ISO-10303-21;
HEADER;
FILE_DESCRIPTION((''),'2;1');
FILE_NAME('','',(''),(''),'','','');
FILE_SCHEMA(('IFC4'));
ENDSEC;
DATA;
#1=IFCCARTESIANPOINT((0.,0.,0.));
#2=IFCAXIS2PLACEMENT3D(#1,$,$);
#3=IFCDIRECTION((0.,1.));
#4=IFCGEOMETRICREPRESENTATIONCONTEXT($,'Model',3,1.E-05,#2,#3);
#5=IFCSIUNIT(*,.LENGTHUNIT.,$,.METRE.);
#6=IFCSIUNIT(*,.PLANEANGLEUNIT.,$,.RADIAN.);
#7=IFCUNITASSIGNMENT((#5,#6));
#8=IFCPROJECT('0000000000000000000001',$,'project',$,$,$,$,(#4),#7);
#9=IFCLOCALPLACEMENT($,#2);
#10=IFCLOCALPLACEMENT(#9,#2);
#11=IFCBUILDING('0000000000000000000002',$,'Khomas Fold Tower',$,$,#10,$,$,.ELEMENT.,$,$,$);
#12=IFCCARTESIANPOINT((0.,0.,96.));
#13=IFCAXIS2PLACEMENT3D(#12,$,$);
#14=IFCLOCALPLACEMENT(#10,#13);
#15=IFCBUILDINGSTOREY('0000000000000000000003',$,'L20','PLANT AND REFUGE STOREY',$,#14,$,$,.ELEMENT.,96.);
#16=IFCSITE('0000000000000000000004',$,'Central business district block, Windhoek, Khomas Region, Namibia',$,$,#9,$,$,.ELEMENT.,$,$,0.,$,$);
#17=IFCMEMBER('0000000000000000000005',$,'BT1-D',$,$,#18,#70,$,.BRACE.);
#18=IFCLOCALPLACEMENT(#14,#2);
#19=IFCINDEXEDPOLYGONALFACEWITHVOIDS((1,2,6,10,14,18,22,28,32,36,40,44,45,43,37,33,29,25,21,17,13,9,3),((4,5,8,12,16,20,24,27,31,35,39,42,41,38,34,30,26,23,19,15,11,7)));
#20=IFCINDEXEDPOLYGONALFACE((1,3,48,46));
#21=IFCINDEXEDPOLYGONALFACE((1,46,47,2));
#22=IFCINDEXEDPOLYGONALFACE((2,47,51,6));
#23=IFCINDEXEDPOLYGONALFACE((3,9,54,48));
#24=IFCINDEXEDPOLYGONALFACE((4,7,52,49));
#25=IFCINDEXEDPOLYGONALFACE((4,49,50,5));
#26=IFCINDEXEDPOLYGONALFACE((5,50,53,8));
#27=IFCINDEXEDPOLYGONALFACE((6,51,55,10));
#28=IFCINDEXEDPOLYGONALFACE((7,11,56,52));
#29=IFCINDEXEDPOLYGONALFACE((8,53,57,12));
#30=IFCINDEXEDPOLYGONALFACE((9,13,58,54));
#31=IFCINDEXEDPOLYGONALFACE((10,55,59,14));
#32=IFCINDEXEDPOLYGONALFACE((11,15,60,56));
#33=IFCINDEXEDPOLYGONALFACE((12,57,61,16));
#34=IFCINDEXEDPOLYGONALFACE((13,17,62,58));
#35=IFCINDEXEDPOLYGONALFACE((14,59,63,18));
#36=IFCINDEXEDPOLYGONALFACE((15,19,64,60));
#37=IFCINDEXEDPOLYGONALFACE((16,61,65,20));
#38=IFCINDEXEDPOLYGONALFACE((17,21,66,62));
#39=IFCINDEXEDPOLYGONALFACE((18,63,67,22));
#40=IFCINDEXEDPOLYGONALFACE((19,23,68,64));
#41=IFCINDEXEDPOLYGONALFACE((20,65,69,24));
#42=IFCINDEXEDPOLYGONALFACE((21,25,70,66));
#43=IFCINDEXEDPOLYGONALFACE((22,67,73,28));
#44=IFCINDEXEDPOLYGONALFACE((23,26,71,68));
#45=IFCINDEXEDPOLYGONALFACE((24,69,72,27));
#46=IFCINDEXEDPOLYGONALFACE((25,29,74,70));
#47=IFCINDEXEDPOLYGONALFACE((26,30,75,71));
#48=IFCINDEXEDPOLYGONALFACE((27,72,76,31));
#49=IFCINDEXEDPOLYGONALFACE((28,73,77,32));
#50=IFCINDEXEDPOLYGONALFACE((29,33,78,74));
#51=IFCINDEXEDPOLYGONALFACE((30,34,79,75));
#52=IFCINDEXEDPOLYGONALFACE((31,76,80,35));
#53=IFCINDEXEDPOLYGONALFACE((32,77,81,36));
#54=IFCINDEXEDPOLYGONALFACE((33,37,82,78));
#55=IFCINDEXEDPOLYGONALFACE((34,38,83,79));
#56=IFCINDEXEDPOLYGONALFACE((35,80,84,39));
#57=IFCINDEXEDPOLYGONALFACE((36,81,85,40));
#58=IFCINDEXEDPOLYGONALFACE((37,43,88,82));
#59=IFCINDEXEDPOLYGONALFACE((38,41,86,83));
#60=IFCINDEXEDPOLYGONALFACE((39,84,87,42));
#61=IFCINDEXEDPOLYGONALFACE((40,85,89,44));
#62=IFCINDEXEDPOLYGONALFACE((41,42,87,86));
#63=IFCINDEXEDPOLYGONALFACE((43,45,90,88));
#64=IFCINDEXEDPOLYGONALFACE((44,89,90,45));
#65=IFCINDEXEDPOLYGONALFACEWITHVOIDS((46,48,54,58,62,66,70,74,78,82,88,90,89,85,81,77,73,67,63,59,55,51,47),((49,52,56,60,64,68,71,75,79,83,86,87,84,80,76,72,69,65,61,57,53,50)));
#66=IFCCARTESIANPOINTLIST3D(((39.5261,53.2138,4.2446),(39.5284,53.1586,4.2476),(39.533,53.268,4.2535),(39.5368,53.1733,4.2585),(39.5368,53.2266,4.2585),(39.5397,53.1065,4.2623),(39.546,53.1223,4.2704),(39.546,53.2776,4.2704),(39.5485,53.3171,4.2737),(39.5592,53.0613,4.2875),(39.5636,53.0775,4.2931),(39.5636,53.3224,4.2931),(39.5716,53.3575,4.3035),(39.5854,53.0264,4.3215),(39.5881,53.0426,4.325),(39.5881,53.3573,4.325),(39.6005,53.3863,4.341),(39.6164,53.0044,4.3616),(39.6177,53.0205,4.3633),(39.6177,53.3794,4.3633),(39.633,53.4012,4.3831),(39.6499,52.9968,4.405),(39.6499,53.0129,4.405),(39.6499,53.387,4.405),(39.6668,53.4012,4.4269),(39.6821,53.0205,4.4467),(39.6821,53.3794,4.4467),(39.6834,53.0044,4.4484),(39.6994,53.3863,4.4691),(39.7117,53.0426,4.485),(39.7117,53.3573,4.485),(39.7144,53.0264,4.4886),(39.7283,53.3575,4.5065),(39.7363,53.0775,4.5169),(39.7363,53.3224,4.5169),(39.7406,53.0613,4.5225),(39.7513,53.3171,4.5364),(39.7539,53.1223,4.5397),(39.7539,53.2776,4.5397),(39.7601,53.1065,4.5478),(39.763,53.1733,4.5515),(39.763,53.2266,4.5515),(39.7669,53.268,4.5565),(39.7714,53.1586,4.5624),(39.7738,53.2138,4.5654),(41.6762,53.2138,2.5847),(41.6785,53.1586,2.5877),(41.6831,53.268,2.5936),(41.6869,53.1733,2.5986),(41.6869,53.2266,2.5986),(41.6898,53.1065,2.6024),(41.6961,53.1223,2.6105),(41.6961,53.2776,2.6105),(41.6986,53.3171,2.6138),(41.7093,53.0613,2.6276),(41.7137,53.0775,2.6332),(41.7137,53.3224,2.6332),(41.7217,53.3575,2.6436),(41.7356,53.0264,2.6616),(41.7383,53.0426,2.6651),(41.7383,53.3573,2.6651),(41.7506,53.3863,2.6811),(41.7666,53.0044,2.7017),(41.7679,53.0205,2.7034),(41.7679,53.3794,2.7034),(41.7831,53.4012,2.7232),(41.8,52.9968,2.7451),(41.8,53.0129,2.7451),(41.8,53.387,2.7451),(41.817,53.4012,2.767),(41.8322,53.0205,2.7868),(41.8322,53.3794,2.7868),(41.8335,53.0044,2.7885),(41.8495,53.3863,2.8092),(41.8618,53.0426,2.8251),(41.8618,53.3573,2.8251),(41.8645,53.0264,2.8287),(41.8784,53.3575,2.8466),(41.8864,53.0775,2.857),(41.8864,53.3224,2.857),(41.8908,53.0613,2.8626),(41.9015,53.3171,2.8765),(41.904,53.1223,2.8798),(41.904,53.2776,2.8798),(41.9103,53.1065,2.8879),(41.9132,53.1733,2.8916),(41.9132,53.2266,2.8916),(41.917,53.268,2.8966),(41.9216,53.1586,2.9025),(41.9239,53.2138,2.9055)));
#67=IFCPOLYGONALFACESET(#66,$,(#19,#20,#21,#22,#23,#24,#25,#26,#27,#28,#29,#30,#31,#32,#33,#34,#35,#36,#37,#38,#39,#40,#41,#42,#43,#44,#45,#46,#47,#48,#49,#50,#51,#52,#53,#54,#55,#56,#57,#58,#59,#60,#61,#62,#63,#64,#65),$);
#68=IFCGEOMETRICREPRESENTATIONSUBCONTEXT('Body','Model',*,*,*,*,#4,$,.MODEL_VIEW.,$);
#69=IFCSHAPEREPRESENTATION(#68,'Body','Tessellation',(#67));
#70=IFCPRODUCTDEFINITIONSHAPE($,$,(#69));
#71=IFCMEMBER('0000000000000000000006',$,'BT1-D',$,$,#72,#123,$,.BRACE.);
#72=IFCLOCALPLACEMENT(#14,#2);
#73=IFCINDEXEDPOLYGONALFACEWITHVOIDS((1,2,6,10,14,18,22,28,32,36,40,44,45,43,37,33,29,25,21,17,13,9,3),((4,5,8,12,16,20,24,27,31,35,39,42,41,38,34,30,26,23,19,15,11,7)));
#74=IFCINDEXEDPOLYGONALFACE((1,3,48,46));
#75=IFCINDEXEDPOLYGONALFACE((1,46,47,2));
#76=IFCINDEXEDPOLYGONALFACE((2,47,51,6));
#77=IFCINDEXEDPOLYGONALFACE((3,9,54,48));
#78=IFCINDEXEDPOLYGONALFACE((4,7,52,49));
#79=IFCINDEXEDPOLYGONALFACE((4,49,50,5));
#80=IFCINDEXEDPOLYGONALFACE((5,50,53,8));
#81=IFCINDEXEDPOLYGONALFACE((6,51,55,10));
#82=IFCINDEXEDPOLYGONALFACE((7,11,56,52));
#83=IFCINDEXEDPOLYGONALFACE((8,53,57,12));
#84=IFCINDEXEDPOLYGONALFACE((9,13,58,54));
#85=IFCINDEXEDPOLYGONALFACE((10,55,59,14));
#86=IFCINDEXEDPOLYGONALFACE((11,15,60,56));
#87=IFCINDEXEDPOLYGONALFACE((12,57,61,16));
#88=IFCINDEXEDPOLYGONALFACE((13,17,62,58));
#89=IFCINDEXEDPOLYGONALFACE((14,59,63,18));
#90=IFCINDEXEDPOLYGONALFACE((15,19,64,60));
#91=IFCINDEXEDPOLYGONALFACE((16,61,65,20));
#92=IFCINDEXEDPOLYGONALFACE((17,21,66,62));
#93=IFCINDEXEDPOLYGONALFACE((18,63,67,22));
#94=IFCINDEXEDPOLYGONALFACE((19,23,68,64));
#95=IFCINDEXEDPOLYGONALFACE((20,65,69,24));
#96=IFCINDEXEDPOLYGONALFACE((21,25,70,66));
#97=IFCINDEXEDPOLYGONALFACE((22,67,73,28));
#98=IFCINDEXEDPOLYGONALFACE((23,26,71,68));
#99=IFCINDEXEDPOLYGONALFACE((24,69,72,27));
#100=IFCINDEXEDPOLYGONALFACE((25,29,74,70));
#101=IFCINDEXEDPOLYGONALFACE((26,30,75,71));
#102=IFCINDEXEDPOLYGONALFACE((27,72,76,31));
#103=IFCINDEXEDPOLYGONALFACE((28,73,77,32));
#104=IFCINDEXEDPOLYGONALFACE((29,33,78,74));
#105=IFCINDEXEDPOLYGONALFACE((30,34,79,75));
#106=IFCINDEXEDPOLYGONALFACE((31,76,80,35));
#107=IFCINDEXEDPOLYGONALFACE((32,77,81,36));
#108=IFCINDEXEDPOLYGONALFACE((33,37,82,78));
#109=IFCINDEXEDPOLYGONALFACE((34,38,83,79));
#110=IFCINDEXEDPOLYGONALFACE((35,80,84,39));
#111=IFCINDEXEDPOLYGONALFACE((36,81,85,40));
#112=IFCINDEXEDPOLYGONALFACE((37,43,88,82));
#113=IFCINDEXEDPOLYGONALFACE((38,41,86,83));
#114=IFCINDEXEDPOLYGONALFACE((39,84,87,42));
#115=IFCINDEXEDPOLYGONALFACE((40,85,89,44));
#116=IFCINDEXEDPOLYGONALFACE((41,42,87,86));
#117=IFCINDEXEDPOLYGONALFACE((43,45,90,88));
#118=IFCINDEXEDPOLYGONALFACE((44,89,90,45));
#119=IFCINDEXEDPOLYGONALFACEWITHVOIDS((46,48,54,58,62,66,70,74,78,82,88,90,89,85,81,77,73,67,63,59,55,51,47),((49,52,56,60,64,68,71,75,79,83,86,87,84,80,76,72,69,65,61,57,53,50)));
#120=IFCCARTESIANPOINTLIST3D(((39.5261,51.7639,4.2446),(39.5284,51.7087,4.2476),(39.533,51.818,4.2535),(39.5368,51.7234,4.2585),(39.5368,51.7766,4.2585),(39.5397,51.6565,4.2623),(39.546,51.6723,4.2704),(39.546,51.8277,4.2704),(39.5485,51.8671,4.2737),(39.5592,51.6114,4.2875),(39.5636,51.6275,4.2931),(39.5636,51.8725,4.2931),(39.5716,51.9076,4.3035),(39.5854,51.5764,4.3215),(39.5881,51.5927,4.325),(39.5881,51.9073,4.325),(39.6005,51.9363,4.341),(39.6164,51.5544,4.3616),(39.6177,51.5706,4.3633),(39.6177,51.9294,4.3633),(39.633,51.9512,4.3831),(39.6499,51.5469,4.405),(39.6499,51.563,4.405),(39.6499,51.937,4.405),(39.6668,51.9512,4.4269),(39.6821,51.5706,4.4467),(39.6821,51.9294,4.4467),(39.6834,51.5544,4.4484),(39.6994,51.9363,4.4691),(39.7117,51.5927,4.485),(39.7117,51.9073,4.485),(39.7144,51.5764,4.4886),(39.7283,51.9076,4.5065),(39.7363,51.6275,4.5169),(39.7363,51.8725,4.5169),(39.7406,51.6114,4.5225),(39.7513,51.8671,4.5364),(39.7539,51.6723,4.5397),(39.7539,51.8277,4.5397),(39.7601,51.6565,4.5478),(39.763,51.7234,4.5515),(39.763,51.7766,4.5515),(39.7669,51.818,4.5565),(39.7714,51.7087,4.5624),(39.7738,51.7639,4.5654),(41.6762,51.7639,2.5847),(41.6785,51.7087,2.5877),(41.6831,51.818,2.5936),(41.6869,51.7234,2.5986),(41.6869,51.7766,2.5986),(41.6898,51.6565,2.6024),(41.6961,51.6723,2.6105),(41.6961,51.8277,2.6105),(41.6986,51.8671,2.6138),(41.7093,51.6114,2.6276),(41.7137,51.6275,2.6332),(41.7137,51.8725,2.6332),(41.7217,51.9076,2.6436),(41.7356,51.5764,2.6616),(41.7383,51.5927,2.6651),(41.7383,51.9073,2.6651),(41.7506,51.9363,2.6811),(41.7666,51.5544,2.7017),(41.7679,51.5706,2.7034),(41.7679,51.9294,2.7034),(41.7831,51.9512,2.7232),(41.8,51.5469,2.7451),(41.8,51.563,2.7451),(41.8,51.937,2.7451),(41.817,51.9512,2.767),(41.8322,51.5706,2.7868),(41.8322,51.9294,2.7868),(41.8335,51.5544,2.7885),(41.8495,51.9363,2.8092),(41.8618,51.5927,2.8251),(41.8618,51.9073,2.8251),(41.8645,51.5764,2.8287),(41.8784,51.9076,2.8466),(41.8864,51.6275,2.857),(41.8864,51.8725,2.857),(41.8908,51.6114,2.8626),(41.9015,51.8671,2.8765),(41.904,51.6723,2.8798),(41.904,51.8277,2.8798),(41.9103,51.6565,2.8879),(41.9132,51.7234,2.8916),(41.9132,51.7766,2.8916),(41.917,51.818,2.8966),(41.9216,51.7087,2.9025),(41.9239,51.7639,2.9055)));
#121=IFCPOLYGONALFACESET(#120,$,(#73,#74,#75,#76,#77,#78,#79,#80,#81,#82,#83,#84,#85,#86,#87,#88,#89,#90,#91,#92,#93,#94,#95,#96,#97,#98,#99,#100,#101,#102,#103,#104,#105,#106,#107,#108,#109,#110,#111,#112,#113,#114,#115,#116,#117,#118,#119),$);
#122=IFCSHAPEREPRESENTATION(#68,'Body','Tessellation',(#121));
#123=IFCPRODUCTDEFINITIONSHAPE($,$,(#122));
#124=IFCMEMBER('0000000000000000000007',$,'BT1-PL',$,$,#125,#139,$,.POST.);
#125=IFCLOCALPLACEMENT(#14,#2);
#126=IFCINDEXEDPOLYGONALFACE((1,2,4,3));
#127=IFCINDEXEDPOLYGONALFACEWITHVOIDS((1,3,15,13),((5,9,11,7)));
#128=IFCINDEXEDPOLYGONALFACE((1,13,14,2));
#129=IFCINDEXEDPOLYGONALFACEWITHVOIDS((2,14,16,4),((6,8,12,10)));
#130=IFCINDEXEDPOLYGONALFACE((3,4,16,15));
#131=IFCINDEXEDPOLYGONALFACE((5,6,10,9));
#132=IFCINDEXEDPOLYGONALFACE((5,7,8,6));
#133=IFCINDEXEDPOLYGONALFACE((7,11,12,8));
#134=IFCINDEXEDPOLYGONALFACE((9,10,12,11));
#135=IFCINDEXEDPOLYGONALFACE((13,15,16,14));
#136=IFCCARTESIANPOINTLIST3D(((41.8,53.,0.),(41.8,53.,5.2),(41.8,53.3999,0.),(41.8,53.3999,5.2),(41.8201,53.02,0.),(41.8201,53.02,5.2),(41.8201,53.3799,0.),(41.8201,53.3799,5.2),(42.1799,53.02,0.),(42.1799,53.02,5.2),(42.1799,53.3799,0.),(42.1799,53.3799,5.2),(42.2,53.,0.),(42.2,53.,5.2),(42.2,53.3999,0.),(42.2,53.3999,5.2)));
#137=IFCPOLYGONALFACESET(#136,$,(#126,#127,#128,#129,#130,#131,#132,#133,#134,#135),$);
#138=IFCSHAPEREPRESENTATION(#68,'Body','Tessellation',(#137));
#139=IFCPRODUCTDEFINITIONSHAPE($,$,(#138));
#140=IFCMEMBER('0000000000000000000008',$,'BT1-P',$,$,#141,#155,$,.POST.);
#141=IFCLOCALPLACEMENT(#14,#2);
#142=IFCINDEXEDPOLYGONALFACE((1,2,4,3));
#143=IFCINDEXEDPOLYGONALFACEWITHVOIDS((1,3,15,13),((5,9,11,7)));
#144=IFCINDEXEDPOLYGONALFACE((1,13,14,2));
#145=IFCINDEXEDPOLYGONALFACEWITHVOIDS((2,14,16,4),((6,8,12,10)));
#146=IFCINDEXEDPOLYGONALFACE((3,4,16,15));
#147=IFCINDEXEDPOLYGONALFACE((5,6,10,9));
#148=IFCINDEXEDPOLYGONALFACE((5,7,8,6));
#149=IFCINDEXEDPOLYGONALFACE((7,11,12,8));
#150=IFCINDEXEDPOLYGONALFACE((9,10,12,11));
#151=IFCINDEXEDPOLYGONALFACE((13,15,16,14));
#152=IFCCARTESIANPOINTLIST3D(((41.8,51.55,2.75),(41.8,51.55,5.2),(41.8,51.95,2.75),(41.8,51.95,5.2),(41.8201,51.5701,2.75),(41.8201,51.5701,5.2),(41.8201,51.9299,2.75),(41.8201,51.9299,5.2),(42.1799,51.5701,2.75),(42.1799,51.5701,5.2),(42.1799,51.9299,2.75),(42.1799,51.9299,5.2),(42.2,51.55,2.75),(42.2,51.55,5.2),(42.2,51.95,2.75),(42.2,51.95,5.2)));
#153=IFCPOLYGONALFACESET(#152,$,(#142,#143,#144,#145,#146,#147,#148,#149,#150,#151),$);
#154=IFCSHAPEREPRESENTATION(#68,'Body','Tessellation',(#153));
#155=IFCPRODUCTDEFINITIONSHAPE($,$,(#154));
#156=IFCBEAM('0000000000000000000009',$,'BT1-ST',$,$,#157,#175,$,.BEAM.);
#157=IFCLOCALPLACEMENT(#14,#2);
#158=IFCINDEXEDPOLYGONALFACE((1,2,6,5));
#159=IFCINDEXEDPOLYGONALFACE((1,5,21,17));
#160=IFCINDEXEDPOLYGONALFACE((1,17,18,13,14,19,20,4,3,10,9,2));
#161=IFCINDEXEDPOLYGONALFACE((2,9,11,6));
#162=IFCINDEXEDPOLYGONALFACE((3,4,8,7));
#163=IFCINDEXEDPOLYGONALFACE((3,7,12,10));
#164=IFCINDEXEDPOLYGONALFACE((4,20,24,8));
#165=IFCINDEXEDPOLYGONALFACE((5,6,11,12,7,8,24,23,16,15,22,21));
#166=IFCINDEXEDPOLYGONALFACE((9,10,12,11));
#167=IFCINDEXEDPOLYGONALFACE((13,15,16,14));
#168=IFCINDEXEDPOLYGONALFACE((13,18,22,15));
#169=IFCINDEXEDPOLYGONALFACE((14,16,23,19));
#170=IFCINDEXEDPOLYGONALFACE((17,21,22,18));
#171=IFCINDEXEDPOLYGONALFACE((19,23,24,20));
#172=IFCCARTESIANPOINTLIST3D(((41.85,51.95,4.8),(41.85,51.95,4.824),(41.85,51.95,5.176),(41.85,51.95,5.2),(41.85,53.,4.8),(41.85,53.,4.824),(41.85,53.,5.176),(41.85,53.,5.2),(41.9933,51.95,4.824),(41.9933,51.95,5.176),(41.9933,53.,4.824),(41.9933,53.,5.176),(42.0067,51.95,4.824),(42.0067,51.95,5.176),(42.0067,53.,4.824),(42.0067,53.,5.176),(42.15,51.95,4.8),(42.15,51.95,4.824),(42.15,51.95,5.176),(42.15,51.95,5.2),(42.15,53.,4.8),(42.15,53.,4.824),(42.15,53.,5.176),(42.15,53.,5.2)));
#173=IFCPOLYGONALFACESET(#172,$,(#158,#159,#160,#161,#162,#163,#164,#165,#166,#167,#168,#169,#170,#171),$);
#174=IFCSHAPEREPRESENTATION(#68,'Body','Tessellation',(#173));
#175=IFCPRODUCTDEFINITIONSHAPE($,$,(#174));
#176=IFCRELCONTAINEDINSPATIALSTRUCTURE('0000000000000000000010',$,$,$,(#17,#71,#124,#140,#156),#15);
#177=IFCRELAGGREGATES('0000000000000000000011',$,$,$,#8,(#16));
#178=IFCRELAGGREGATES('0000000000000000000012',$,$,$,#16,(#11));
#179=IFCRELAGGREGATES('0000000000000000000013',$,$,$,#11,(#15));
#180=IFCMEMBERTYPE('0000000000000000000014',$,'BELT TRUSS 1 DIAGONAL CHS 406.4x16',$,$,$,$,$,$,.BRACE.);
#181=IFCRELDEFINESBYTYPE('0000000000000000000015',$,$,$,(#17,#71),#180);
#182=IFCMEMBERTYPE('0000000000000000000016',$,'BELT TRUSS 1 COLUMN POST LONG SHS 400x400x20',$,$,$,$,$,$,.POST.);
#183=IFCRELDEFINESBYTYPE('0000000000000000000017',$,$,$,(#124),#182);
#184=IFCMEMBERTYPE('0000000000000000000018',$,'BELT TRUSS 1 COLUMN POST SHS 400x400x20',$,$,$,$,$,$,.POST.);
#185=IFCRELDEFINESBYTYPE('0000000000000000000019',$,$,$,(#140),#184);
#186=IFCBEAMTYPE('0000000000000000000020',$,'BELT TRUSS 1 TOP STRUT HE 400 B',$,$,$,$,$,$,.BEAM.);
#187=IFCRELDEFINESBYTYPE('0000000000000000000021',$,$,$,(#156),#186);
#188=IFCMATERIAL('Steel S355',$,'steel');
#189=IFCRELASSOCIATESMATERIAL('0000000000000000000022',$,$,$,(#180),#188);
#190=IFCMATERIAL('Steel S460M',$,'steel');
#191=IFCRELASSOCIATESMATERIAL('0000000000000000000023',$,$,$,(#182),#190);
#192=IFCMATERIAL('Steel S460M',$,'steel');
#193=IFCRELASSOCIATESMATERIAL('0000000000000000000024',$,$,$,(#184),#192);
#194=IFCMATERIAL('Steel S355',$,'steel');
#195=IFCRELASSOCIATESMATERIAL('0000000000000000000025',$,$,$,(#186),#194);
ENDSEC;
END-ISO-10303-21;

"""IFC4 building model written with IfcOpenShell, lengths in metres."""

from ifc_helpers import new_model, si_unit, direction, frame, origin, origin_2d, place, context, subcontext, project, spatial, hollow_rectangle, hollow_circle, i_section, extrude, source, transform, mapped, material, material_profile, profile_set, type_object, element, save


model = new_model("IFC4")

# Units and contexts
model_context = context("Model", 3, precision=1e-05, world=origin(), true_north=direction((0.0, 1.0)))
body_context = subcontext(model_context, "Body", "Model", "MODEL_VIEW")
ifc_project = project(units=[si_unit("LENGTHUNIT", "METRE"), si_unit("PLANEANGLEUNIT", "RADIAN")], contexts=[model_context])

# Site, building, storey
site_placement = place(None, origin())
site = spatial("IfcSite", under=ifc_project, at=site_placement, Name="Central business district block, Windhoek, Khomas Region, Namibia", CompositionType="ELEMENT", RefElevation=0.0)
building_placement = place(site_placement, origin())
building = spatial("IfcBuilding", under=site, at=building_placement, Name="Khomas Fold Tower", CompositionType="ELEMENT")
storey_placement = place(building_placement, frame((0.0, 0.0, 96.0)))
storey = spatial("IfcBuildingStorey", under=building, at=storey_placement, Name="L20", Description="PLANT AND REFUGE STOREY", CompositionType="ELEMENT", Elevation=96.0)

# Members
ifc_material_1 = material(Name="Steel S355", Category="steel")
ifc_material_profile_1 = material_profile(ifc_material_1, hollow_circle(Radius=0.2031, WallThickness=0.0161, at=origin_2d()), Name="CHS 406.4x16")
ifc_profile_set_1 = profile_set([ifc_material_profile_1], Name="Steel S355")
member_type_1 = type_object("IfcMemberType", Name="BELT TRUSS 1 DIAGONAL CHS 406.4x16", PredefinedType="BRACE", material=ifc_profile_set_1)
shared_shape_1 = source(origin(), body_context, "Body", "SweptSolid", [
    extrude(hollow_circle(Radius=0.2031, WallThickness=0.0161, at=origin_2d()), origin(), (0.0, 0.0, 1.0), 2.7163),
])
for number, where, z_axis, x_axis, name in (
    (1, (41.8, 53.2, 2.7451), (-0.791564, 0.0, 0.611087), (0.0, -1.0, 0.0), "BT1-D"),
    (2, (41.8, 51.75, 2.7451), (-0.791564, 0.0, 0.611087), (0.0, -1.0, 0.0), "BT1-D"),
):
    element("IfcMember", number, at=place(storey_placement, frame(where, z_axis=z_axis, x_axis=x_axis)), inside=storey, type_object=member_type_1, Name=name, PredefinedType="BRACE", context=body_context, shape_type="MappedRepresentation", body=[
        mapped(shared_shape_1, transform((0.0, 0.0, 0.0))),
    ])
ifc_material_2 = material(Name="Steel S460M", Category="steel")
ifc_material_profile_2 = material_profile(ifc_material_2, hollow_rectangle(XDim=0.3999, YDim=0.3999, WallThickness=0.02, at=origin_2d()), Name="SHS 400x400x20")
ifc_profile_set_2 = profile_set([ifc_material_profile_2], Name="Steel S460M")
member_type_2 = type_object("IfcMemberType", Name="BELT TRUSS 1 COLUMN POST LONG SHS 400x400x20", PredefinedType="POST", material=ifc_profile_set_2)
shared_shape_2 = source(origin(), body_context, "Body", "SweptSolid", [
    extrude(hollow_rectangle(XDim=0.3999, YDim=0.3999, WallThickness=0.02, at=origin_2d()), origin(), (0.0, 0.0, 1.0), 5.2),
])
member_1_placement = place(storey_placement, frame((42.0, 53.2, 0.0), z_axis=(0.0, 0.0, 1.0), x_axis=(1.0, 0.0, 0.0)))
element("IfcMember", 3, at=member_1_placement, inside=storey, type_object=member_type_2, Name="BT1-PL", PredefinedType="POST", context=body_context, shape_type="MappedRepresentation", body=[
    mapped(shared_shape_2, transform((0.0, 0.0, 0.0))),
])
ifc_material_3 = material(Name="Steel S460M", Category="steel")
ifc_material_profile_3 = material_profile(ifc_material_3, hollow_rectangle(XDim=0.3999, YDim=0.3999, WallThickness=0.02, at=origin_2d()), Name="SHS 400x400x20")
ifc_profile_set_3 = profile_set([ifc_material_profile_3], Name="Steel S460M")
member_type_3 = type_object("IfcMemberType", Name="BELT TRUSS 1 COLUMN POST SHS 400x400x20", PredefinedType="POST", material=ifc_profile_set_3)
shared_shape_3 = source(origin(), body_context, "Body", "SweptSolid", [
    extrude(hollow_rectangle(XDim=0.3999, YDim=0.3999, WallThickness=0.02, at=origin_2d()), origin(), (0.0, 0.0, 1.0), 2.45),
])
member_2_placement = place(storey_placement, frame((42.0, 51.75, 2.75), z_axis=(0.0, 0.0, 1.0), x_axis=(1.0, 0.0, 0.0)))
element("IfcMember", 4, at=member_2_placement, inside=storey, type_object=member_type_3, Name="BT1-P", PredefinedType="POST", context=body_context, shape_type="MappedRepresentation", body=[
    mapped(shared_shape_3, transform((0.0, 0.0, 0.0))),
])

# Beam
ifc_material_4 = material(Name="Steel S355", Category="steel")
ifc_material_profile_4 = material_profile(ifc_material_4, i_section(OverallWidth=0.3, OverallDepth=0.3999, WebThickness=0.0134, FlangeThickness=0.0239, at=origin_2d()), Name="HE 400 B")
ifc_profile_set_4 = profile_set([ifc_material_profile_4], Name="Steel S355")
beam_type_1 = type_object("IfcBeamType", Name="BELT TRUSS 1 TOP STRUT HE 400 B", PredefinedType="BEAM", material=ifc_profile_set_4)
shared_shape_4 = source(origin(), body_context, "Body", "SweptSolid", [
    extrude(i_section(OverallWidth=0.3, OverallDepth=0.3999, WebThickness=0.0134, FlangeThickness=0.0239, at=origin_2d()), origin(), (0.0, 0.0, 1.0), 1.05),
])
beam_1_placement = place(storey_placement, frame((42.0, 51.95, 5.0), z_axis=(0.0, 1.0, 0.0), x_axis=(-1.0, 0.0, 0.0)))
element("IfcBeam", 5, at=beam_1_placement, inside=storey, type_object=beam_type_1, Name="BT1-ST", PredefinedType="BEAM", context=body_context, shape_type="MappedRepresentation", body=[
    mapped(shared_shape_4, transform((0.0, 0.0, 0.0))),
])

save(model, "model.ifc")
